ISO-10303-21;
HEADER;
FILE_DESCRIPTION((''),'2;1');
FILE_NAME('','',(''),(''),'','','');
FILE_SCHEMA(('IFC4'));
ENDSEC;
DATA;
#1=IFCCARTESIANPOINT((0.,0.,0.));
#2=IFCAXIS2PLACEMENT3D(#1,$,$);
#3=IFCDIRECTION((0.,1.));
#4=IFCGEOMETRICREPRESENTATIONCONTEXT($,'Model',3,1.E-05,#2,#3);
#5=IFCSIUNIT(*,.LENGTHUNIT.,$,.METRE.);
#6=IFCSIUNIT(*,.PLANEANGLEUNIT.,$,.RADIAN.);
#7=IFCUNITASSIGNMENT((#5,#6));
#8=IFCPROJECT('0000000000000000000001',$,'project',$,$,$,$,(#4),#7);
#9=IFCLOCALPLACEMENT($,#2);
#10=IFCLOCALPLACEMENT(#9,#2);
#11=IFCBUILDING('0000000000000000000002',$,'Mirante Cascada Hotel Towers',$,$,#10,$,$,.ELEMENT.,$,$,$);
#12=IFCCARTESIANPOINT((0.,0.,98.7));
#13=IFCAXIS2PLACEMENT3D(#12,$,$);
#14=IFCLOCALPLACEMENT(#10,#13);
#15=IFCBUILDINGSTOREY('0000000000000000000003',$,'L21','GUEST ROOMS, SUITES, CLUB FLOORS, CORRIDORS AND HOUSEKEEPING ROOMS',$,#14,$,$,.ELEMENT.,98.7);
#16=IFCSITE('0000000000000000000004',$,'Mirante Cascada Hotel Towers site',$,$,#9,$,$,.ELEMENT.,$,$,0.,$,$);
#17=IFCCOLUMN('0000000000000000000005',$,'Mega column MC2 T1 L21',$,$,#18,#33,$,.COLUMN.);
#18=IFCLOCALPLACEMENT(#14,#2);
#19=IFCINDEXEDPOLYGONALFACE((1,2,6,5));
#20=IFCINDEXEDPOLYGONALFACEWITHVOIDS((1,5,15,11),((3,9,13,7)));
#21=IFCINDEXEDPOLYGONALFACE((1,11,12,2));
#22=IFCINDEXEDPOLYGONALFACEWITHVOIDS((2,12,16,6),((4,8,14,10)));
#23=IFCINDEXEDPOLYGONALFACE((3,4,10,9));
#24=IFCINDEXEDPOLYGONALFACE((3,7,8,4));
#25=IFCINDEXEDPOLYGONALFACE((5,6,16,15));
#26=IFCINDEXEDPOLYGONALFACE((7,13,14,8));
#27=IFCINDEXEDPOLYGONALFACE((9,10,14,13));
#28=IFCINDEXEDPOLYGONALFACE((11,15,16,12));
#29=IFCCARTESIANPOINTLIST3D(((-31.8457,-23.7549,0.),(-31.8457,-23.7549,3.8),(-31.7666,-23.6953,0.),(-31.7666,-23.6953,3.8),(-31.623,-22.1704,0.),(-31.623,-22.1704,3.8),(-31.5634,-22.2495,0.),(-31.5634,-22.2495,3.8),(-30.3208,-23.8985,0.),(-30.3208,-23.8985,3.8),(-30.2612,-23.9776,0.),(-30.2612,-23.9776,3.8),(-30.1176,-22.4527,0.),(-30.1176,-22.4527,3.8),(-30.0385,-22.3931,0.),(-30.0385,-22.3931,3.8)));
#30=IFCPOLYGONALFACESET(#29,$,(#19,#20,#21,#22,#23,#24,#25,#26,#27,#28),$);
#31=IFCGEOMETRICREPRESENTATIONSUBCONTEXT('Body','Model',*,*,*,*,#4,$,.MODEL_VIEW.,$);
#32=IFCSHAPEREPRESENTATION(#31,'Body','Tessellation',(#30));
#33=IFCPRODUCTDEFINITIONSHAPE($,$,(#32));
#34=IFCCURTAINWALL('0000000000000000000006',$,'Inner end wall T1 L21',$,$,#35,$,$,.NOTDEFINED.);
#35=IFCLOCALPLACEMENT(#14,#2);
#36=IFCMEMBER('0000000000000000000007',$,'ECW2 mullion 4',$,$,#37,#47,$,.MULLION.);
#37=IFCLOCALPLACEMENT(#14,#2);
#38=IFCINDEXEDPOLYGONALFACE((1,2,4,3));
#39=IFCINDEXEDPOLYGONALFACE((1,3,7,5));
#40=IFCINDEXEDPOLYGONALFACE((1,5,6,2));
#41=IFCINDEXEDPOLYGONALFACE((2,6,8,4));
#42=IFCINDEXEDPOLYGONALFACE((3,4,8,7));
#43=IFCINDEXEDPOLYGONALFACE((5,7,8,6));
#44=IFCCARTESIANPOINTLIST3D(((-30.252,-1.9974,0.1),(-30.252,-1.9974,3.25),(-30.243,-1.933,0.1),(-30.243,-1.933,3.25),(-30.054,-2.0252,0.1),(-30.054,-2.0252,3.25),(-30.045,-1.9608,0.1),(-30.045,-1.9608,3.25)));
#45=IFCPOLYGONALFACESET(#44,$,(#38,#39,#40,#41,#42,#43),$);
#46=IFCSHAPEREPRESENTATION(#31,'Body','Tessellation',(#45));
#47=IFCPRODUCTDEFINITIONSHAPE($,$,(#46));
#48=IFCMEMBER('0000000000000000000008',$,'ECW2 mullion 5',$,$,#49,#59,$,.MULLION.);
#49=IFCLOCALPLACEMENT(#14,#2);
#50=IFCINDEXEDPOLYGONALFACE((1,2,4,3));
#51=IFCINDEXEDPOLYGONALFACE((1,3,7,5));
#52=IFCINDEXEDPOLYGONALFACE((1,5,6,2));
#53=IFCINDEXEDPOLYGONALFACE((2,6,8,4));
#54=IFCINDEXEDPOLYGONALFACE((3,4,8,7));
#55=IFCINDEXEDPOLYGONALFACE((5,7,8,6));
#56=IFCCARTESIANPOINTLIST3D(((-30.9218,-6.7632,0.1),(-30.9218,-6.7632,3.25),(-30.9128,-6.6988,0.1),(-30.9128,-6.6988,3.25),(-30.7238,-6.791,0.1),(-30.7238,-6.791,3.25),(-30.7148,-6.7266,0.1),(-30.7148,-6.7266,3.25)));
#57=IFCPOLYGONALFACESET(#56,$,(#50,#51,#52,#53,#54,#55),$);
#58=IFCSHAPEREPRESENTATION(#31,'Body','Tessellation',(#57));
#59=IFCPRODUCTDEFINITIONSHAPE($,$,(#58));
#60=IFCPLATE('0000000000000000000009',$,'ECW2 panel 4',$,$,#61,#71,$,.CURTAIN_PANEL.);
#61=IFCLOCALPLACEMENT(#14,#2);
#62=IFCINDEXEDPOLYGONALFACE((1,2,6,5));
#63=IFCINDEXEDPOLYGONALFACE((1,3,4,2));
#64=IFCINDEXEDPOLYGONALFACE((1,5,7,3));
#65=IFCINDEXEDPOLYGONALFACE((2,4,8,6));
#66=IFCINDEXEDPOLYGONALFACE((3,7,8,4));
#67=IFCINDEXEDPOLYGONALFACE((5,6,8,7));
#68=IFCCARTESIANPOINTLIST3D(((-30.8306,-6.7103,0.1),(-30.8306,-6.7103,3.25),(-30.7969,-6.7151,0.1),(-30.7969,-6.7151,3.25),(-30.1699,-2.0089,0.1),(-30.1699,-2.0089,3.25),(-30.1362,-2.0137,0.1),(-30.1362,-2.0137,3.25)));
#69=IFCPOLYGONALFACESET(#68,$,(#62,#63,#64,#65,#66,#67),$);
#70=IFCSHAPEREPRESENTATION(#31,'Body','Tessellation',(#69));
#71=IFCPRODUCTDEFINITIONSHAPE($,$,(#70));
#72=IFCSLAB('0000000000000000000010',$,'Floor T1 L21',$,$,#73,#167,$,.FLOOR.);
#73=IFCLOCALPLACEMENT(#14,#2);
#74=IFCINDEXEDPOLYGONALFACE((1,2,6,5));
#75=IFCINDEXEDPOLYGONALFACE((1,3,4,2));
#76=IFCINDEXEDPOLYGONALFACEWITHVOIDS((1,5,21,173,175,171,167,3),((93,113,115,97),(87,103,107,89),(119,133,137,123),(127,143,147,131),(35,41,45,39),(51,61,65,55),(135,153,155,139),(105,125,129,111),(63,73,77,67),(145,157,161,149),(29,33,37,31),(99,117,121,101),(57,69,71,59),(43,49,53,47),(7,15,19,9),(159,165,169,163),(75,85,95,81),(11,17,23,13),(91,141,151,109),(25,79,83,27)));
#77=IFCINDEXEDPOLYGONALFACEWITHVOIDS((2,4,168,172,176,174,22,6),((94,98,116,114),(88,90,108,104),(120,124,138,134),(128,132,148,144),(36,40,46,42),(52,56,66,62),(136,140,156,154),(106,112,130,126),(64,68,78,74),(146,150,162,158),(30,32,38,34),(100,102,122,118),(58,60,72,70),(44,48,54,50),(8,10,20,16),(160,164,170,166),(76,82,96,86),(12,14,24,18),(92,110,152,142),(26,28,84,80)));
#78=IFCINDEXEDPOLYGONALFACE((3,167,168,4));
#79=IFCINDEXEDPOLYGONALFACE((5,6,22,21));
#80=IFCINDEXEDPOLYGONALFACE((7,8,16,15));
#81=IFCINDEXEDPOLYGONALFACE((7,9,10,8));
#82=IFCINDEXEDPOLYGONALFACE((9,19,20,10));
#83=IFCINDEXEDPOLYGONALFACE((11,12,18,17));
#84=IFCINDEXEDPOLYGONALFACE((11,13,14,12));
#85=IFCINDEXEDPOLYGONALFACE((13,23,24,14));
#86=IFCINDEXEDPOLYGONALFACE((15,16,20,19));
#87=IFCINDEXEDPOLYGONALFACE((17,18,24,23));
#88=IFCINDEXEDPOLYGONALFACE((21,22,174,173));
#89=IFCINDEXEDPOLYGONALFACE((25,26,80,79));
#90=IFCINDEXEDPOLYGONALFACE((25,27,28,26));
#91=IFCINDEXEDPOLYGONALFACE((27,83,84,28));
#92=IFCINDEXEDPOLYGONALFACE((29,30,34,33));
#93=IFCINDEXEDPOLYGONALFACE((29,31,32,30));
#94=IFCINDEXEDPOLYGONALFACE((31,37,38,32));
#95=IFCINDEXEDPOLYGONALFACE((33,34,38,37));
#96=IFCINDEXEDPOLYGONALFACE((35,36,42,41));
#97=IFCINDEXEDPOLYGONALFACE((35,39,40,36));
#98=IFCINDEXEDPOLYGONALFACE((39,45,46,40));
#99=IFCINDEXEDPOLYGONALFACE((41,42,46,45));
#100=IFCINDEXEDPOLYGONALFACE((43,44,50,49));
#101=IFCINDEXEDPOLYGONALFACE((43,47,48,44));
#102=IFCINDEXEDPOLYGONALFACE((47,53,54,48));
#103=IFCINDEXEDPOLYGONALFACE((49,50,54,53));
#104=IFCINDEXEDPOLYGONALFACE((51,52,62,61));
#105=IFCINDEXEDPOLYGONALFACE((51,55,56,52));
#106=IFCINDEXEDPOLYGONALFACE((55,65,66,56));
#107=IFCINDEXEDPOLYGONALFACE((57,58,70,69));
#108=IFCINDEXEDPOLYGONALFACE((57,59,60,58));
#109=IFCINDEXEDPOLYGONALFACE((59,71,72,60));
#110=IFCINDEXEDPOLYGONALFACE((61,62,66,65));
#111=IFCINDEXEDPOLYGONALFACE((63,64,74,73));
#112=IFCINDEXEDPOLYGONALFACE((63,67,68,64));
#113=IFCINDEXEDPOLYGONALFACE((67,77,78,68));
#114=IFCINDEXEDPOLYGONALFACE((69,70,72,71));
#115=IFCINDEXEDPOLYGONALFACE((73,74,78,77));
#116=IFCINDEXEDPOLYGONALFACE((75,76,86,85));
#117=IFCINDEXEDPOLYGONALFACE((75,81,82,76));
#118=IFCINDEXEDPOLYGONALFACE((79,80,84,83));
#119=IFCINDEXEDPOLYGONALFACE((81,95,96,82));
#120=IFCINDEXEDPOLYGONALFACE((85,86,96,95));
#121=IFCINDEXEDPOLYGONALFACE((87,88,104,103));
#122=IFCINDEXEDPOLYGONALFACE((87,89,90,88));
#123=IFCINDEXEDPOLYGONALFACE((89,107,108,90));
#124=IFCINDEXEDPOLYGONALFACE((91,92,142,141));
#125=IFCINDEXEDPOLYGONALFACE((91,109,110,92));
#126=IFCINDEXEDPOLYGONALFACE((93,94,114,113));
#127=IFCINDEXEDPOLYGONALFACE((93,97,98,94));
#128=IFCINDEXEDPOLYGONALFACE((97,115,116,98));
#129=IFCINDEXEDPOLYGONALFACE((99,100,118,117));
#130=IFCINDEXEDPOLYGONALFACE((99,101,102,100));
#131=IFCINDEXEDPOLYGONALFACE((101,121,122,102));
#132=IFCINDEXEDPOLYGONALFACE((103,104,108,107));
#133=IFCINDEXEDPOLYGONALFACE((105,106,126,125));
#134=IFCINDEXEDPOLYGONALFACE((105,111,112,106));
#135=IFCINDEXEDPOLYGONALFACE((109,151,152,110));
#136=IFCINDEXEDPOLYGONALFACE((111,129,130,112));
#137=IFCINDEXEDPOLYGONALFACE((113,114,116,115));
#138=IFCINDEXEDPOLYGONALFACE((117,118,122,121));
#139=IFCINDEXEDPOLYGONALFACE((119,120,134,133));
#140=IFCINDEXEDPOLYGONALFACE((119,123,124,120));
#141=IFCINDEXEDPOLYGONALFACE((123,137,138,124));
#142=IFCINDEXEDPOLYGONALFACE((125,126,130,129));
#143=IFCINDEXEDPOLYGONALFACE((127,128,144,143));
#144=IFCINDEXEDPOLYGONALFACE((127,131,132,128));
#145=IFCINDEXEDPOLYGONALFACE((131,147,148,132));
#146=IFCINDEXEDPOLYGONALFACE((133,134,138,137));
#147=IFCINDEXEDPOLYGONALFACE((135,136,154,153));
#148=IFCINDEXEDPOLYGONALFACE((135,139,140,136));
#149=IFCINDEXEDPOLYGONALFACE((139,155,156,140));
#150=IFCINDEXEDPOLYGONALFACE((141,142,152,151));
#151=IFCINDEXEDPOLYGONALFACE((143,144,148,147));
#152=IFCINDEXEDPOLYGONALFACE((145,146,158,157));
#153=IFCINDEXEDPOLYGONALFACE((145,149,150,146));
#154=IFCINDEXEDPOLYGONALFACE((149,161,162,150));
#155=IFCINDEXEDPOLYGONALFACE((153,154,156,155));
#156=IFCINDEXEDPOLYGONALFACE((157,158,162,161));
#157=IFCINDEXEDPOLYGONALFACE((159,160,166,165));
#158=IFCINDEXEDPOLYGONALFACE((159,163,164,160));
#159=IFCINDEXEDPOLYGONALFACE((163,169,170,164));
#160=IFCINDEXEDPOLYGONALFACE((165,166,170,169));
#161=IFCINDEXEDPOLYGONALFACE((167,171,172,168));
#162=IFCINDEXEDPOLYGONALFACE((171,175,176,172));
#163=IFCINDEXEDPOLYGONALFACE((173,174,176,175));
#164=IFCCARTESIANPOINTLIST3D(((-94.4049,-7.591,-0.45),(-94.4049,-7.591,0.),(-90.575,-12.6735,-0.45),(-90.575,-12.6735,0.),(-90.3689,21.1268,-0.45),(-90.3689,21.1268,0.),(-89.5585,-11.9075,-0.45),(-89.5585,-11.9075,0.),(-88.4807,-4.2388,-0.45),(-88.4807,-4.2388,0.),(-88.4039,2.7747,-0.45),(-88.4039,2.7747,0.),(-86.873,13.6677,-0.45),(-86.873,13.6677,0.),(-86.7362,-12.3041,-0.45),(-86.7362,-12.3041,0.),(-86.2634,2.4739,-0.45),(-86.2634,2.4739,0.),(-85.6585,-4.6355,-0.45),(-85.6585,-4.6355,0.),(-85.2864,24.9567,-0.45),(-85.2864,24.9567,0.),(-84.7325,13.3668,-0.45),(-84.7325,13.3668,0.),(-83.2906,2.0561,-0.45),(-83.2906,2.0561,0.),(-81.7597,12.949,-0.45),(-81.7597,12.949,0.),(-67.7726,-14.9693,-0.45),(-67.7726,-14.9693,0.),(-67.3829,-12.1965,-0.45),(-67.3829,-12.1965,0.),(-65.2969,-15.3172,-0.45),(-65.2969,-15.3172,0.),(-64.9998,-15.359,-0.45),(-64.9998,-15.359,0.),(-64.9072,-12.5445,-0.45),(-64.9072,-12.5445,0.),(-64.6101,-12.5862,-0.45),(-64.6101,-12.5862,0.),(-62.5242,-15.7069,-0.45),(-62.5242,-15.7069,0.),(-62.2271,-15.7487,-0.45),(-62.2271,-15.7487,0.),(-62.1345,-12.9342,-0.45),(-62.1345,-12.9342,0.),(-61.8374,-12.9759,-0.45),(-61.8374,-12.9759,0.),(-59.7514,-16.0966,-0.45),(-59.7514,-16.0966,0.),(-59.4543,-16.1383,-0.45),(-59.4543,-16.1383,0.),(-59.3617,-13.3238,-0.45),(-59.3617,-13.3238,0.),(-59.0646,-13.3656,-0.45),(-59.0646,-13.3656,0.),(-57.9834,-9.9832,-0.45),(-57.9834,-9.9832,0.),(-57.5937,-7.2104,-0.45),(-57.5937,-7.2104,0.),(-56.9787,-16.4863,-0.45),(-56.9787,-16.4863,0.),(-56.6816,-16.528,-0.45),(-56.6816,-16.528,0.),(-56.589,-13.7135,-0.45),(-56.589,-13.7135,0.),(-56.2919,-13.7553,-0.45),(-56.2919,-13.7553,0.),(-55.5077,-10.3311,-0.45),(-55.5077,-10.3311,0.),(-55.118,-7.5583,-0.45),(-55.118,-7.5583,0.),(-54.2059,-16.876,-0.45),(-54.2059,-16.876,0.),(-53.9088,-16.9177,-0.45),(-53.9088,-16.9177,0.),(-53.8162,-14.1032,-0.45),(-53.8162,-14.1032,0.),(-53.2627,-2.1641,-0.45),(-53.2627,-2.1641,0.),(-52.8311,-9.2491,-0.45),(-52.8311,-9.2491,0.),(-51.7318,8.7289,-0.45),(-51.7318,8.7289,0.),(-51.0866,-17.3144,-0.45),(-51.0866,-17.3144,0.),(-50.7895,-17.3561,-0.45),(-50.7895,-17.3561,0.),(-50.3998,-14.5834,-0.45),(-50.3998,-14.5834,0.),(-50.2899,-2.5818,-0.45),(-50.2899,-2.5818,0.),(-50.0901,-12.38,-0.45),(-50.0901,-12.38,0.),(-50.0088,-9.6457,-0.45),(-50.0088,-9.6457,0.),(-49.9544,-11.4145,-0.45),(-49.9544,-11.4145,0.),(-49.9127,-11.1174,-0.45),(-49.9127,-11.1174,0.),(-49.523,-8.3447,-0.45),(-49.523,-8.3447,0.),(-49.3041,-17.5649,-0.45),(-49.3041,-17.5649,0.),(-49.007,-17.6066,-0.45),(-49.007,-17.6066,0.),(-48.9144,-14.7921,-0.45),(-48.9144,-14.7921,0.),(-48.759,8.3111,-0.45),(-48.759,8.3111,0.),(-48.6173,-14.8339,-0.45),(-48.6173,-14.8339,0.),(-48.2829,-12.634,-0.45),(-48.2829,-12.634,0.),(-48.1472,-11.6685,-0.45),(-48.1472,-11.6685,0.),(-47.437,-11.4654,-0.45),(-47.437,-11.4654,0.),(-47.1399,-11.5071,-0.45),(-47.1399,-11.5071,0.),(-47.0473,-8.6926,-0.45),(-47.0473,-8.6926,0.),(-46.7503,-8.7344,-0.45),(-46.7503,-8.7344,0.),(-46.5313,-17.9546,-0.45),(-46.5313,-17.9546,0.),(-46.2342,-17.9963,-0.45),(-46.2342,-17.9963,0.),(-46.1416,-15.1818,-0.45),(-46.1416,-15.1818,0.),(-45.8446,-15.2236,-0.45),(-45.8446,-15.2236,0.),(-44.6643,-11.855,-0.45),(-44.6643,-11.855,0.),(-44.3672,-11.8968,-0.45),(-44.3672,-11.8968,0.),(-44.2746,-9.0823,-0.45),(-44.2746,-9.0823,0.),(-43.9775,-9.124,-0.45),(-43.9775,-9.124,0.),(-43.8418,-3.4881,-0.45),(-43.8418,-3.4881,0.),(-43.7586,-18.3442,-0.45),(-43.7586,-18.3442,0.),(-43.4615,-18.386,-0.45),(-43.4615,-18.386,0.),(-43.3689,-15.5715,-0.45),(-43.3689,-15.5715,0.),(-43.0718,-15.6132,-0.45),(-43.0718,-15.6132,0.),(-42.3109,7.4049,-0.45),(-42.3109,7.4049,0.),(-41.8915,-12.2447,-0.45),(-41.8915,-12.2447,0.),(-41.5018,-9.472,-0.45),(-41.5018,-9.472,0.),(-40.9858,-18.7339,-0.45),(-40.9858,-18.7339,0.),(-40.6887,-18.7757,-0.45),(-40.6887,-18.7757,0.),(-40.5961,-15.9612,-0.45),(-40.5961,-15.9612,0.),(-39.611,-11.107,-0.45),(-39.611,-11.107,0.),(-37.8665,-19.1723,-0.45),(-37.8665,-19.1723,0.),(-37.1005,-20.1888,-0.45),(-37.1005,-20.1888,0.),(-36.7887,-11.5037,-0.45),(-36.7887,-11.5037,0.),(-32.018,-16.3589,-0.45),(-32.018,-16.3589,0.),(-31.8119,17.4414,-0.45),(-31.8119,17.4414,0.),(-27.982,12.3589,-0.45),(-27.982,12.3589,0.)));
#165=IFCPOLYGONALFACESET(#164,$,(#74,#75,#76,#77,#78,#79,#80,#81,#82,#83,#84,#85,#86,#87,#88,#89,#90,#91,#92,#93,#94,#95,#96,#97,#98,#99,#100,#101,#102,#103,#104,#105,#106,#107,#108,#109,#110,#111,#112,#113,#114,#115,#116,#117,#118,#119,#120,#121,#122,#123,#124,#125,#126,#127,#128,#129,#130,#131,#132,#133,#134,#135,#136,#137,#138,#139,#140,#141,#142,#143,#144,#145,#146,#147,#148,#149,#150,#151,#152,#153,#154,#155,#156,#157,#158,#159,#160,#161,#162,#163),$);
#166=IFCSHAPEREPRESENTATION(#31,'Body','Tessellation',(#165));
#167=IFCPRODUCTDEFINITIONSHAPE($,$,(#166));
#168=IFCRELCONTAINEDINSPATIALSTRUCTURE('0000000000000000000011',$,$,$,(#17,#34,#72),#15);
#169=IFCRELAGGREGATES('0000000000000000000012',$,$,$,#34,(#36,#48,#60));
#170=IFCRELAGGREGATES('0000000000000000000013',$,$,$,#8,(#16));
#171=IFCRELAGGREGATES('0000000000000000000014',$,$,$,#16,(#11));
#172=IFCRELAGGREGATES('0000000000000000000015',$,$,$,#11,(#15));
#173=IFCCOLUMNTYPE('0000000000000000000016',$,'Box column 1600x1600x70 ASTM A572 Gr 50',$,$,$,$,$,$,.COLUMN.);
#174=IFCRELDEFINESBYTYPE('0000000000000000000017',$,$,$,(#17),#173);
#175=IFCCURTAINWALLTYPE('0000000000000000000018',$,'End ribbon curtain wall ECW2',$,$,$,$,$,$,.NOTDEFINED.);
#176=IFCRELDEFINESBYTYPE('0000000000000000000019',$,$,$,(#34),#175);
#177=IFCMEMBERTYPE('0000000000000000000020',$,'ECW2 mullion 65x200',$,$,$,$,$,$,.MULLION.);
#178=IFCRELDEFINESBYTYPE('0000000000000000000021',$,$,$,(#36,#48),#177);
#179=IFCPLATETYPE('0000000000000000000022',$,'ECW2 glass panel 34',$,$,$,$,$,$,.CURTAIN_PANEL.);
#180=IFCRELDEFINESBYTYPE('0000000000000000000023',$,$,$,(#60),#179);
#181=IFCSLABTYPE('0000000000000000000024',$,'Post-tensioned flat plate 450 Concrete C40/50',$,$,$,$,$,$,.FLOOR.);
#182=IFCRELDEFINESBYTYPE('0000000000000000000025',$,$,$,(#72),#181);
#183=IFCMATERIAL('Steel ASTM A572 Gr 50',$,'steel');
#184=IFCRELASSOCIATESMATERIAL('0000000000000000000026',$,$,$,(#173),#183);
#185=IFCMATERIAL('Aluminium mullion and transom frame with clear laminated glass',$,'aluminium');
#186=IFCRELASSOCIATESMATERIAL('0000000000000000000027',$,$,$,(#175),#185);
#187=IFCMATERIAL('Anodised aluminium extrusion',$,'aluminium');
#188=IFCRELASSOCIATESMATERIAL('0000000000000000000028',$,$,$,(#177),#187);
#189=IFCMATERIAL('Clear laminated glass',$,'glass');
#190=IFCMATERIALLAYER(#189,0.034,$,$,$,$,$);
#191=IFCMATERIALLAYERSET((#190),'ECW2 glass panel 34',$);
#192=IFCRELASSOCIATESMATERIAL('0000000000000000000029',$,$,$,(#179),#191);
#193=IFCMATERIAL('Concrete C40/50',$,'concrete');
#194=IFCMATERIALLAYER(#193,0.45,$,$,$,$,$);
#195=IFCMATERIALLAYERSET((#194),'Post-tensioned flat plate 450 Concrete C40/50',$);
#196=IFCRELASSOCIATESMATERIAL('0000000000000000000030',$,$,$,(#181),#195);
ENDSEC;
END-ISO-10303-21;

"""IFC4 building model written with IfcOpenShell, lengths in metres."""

from ifc_helpers import new_model, si_unit, direction, frame, origin, origin_2d, place, context, subcontext, project, spatial, polyline, rectangle, hollow_rectangle, outline, extrude, material, layer, layer_set, material_profile, profile_set, type_object, element, aggregate, save


model = new_model("IFC4")

# Units and contexts
model_context = context("Model", 3, precision=1e-05, world=origin(), true_north=direction((0.0, 1.0)))
body_context = subcontext(model_context, "Body", "Model", "MODEL_VIEW")
ifc_project = project(units=[si_unit("LENGTHUNIT", "METRE"), si_unit("PLANEANGLEUNIT", "RADIAN")], contexts=[model_context])

# Site, building, storey
site_placement = place(None, origin())
site = spatial("IfcSite", under=ifc_project, at=site_placement, Name="Mirante Cascada Hotel Towers site", CompositionType="ELEMENT", RefElevation=0.0)
building_placement = place(site_placement, origin())
building = spatial("IfcBuilding", under=site, at=building_placement, Name="Mirante Cascada Hotel Towers", CompositionType="ELEMENT")
storey_placement = place(building_placement, frame((0.0, 0.0, 98.7)))
storey = spatial("IfcBuildingStorey", under=building, at=storey_placement, Name="L21", Description="GUEST ROOMS, SUITES, CLUB FLOORS, CORRIDORS AND HOUSEKEEPING ROOMS", CompositionType="ELEMENT", Elevation=98.7)

# Column
ifc_material_1 = material(Name="Steel ASTM A572 Gr 50", Category="steel")
ifc_material_profile_1 = material_profile(ifc_material_1, hollow_rectangle(XDim=1.6, YDim=1.6, WallThickness=0.07, at=origin_2d()), Name="Box column 1600x1600x70 ASTM A572 Gr 50")
ifc_profile_set_1 = profile_set([ifc_material_profile_1], Name="Steel ASTM A572 Gr 50")
column_type = type_object("IfcColumnType", Name="Box column 1600x1600x70 ASTM A572 Gr 50", PredefinedType="COLUMN", material=ifc_profile_set_1)
column_placement = place(storey_placement, frame((-30.9421, -23.074, 0.0), z_axis=(0.0, 0.0, 1.0), x_axis=(-0.990268, 0.139173, 0.0)))
element("IfcColumn", 1, at=column_placement, inside=storey, type_object=column_type, Name="Mega column MC2 T1 L21", PredefinedType="COLUMN", context=body_context, shape_type="SweptSolid", body=[
    extrude(hollow_rectangle(XDim=1.6, YDim=1.6, WallThickness=0.07, at=origin_2d()), origin(), (0.0, 0.0, 1.0), 3.8),
])

# Curtain wall, members, plate
ifc_material_2 = material(Name="Aluminium mullion and transom frame with clear laminated glass", Category="aluminium")
curtain_wall_type = type_object("IfcCurtainWallType", Name="End ribbon curtain wall ECW2", PredefinedType="NOTDEFINED", material=ifc_material_2)
curtain_wall_placement = place(storey_placement, origin())
curtain_wall = element("IfcCurtainWall", 2, at=curtain_wall_placement, inside=storey, type_object=curtain_wall_type, Name="Inner end wall T1 L21", PredefinedType="NOTDEFINED")
ifc_material_3 = material(Name="Anodised aluminium extrusion", Category="aluminium")
ifc_material_profile_2 = material_profile(ifc_material_3, rectangle(XDim=0.2, YDim=0.065, at=origin_2d()), Name="ECW2 MULLION 65x200")
ifc_profile_set_2 = profile_set([ifc_material_profile_2], Name="Anodised aluminium extrusion")
member_type = type_object("IfcMemberType", Name="ECW2 mullion 65x200", PredefinedType="MULLION", material=ifc_profile_set_2)
member_1_placement = place(storey_placement, frame((-30.1485, -1.9791, 0.1), z_axis=(0.0, 0.0, 1.0), x_axis=(0.990268, -0.139173, 0.0)))
member_1 = element("IfcMember", 3, at=member_1_placement, type_object=member_type, Name="ECW2 mullion 4", PredefinedType="MULLION", context=body_context, shape_type="SweptSolid", body=[
    extrude(rectangle(XDim=0.2, YDim=0.065, at=origin_2d()), origin(), (0.0, 0.0, 1.0), 3.15),
])
member_2_placement = place(storey_placement, frame((-30.8183, -6.7449, 0.1), z_axis=(0.0, 0.0, 1.0), x_axis=(0.990268, -0.139173, 0.0)))
member_2 = element("IfcMember", 4, at=member_2_placement, type_object=member_type, Name="ECW2 mullion 5", PredefinedType="MULLION", context=body_context, shape_type="SweptSolid", body=[
    extrude(rectangle(XDim=0.2, YDim=0.065, at=origin_2d()), origin(), (0.0, 0.0, 1.0), 3.15),
])
ifc_material_4 = material(Name="Clear laminated glass", Category="glass")
ifc_layer_1 = layer(ifc_material_4, 0.034)
ifc_layer_set_1 = layer_set([ifc_layer_1], Name="ECW2 glass panel 34")
plate_type = type_object("IfcPlateType", Name="ECW2 glass panel 34", PredefinedType="CURTAIN_PANEL", material=ifc_layer_set_1)
plate_placement = place(storey_placement, frame((-30.4834, -4.362, 0.1), z_axis=(0.0, 0.0, 1.0), x_axis=(-0.139173, -0.990268, 0.0)))
plate = element("IfcPlate", 5, at=plate_placement, type_object=plate_type, Name="ECW2 panel 4", PredefinedType="CURTAIN_PANEL", context=body_context, shape_type="SweptSolid", body=[
    extrude(rectangle(XDim=4.7476, YDim=0.034, at=origin_2d()), origin(), (0.0, 0.0, 1.0), 3.15),
])
aggregate(curtain_wall, [member_1, member_2, plate])

# Slab
ifc_material_5 = material(Name="Concrete C40/50", Category="concrete")
ifc_layer_2 = layer(ifc_material_5, 0.45)
ifc_layer_set_2 = layer_set([ifc_layer_2], Name="Post-tensioned flat plate 450 Concrete C40/50")
slab_type = type_object("IfcSlabType", Name="Post-tensioned flat plate 450 Concrete C40/50", PredefinedType="FLOOR", material=ifc_layer_set_2)
slab_1_placement = place(storey_placement, frame((0.0, 0.0, -0.45)))
element("IfcSlab", 6, at=slab_1_placement, inside=storey, type_object=slab_type, Name="Floor T1 L21", PredefinedType="FLOOR", context=body_context, shape_type="SweptSolid", body=[
    extrude(outline(polyline([(-32.018, -16.3589), (-27.982, 12.3589), (-31.8119, 17.4414), (-85.2864, 24.9567), (-90.3689, 21.1268), (-94.4049, -7.591), (-90.575, -12.6735), (-37.1005, -20.1888), (-32.018, -16.3589)]), holes=[polyline([(-43.0718, -15.6132), (-40.5961, -15.9612), (-40.9858, -18.7339), (-43.4615, -18.386), (-43.0718, -15.6132)]), polyline([(-45.8446, -15.2236), (-43.3689, -15.5715), (-43.7586, -18.3442), (-46.2342, -17.9963), (-45.8446, -15.2236)]), polyline([(-48.6173, -14.8339), (-46.1416, -15.1818), (-46.5313, -17.9546), (-49.007, -17.6066), (-48.6173, -14.8339)]), polyline([(-50.3998, -14.5834), (-48.9144, -14.7921), (-49.3041, -17.5649), (-50.7895, -17.3561), (-50.3998, -14.5834)]), polyline([(-36.7887, -11.5037), (-37.8665, -19.1723), (-40.6887, -18.7757), (-39.611, -11.107), (-36.7887, -11.5037)]), polyline([(-49.9544, -11.4145), (-48.1472, -11.6685), (-48.2829, -12.634), (-50.0901, -12.38), (-49.9544, -11.4145)]), polyline([(-43.9775, -9.124), (-41.5018, -9.472), (-41.8915, -12.2447), (-44.3672, -11.8968), (-43.9775, -9.124)]), polyline([(-47.1399, -11.5071), (-46.7503, -8.7344), (-44.2746, -9.0823), (-44.6643, -11.855), (-47.1399, -11.5071)]), polyline([(-49.9127, -11.1174), (-49.523, -8.3447), (-47.0473, -8.6926), (-47.437, -11.4654), (-49.9127, -11.1174)]), polyline([(-56.2919, -13.7553), (-53.8162, -14.1032), (-54.2059, -16.876), (-56.6816, -16.528), (-56.2919, -13.7553)]), polyline([(-59.0646, -13.3656), (-56.589, -13.7135), (-56.9787, -16.4863), (-59.4543, -16.1383), (-59.0646, -13.3656)]), polyline([(-61.8374, -12.9759), (-59.3617, -13.3238), (-59.7514, -16.0966), (-62.2271, -15.7487), (-61.8374, -12.9759)]), polyline([(-64.6101, -12.5862), (-62.1345, -12.9342), (-62.5242, -15.7069), (-64.9998, -15.359), (-64.6101, -12.5862)]), polyline([(-67.3829, -12.1965), (-64.9072, -12.5445), (-65.2969, -15.3172), (-67.7726, -14.9693), (-67.3829, -12.1965)]), polyline([(-50.0088, -9.6457), (-51.0866, -17.3144), (-53.9088, -16.9177), (-52.8311, -9.2491), (-50.0088, -9.6457)]), polyline([(-85.6585, -4.6355), (-86.7362, -12.3041), (-89.5585, -11.9075), (-88.4807, -4.2388), (-85.6585, -4.6355)]), polyline([(-57.9834, -9.9832), (-57.5937, -7.2104), (-55.118, -7.5583), (-55.5077, -10.3311), (-57.9834, -9.9832)]), polyline([(-86.873, 13.6677), (-84.7325, 13.3668), (-84.7325, 13.3668), (-86.2634, 2.4739), (-86.2634, 2.4739), (-88.4039, 2.7747), (-86.873, 13.6677)]), polyline([(-51.7318, 8.7289), (-53.2627, -2.1641), (-53.2627, -2.1641), (-83.2906, 2.0561), (-83.2906, 2.0561), (-81.7597, 12.949), (-81.7597, 12.949), (-51.7318, 8.7289)]), polyline([(-42.3109, 7.4049), (-43.8418, -3.4881), (-50.2899, -2.5818), (-50.2899, -2.5818), (-48.759, 8.3111), (-42.3109, 7.4049)])]), origin(), (0.0, 0.0, 1.0), 0.45),
])

save(model, "model.ifc")
